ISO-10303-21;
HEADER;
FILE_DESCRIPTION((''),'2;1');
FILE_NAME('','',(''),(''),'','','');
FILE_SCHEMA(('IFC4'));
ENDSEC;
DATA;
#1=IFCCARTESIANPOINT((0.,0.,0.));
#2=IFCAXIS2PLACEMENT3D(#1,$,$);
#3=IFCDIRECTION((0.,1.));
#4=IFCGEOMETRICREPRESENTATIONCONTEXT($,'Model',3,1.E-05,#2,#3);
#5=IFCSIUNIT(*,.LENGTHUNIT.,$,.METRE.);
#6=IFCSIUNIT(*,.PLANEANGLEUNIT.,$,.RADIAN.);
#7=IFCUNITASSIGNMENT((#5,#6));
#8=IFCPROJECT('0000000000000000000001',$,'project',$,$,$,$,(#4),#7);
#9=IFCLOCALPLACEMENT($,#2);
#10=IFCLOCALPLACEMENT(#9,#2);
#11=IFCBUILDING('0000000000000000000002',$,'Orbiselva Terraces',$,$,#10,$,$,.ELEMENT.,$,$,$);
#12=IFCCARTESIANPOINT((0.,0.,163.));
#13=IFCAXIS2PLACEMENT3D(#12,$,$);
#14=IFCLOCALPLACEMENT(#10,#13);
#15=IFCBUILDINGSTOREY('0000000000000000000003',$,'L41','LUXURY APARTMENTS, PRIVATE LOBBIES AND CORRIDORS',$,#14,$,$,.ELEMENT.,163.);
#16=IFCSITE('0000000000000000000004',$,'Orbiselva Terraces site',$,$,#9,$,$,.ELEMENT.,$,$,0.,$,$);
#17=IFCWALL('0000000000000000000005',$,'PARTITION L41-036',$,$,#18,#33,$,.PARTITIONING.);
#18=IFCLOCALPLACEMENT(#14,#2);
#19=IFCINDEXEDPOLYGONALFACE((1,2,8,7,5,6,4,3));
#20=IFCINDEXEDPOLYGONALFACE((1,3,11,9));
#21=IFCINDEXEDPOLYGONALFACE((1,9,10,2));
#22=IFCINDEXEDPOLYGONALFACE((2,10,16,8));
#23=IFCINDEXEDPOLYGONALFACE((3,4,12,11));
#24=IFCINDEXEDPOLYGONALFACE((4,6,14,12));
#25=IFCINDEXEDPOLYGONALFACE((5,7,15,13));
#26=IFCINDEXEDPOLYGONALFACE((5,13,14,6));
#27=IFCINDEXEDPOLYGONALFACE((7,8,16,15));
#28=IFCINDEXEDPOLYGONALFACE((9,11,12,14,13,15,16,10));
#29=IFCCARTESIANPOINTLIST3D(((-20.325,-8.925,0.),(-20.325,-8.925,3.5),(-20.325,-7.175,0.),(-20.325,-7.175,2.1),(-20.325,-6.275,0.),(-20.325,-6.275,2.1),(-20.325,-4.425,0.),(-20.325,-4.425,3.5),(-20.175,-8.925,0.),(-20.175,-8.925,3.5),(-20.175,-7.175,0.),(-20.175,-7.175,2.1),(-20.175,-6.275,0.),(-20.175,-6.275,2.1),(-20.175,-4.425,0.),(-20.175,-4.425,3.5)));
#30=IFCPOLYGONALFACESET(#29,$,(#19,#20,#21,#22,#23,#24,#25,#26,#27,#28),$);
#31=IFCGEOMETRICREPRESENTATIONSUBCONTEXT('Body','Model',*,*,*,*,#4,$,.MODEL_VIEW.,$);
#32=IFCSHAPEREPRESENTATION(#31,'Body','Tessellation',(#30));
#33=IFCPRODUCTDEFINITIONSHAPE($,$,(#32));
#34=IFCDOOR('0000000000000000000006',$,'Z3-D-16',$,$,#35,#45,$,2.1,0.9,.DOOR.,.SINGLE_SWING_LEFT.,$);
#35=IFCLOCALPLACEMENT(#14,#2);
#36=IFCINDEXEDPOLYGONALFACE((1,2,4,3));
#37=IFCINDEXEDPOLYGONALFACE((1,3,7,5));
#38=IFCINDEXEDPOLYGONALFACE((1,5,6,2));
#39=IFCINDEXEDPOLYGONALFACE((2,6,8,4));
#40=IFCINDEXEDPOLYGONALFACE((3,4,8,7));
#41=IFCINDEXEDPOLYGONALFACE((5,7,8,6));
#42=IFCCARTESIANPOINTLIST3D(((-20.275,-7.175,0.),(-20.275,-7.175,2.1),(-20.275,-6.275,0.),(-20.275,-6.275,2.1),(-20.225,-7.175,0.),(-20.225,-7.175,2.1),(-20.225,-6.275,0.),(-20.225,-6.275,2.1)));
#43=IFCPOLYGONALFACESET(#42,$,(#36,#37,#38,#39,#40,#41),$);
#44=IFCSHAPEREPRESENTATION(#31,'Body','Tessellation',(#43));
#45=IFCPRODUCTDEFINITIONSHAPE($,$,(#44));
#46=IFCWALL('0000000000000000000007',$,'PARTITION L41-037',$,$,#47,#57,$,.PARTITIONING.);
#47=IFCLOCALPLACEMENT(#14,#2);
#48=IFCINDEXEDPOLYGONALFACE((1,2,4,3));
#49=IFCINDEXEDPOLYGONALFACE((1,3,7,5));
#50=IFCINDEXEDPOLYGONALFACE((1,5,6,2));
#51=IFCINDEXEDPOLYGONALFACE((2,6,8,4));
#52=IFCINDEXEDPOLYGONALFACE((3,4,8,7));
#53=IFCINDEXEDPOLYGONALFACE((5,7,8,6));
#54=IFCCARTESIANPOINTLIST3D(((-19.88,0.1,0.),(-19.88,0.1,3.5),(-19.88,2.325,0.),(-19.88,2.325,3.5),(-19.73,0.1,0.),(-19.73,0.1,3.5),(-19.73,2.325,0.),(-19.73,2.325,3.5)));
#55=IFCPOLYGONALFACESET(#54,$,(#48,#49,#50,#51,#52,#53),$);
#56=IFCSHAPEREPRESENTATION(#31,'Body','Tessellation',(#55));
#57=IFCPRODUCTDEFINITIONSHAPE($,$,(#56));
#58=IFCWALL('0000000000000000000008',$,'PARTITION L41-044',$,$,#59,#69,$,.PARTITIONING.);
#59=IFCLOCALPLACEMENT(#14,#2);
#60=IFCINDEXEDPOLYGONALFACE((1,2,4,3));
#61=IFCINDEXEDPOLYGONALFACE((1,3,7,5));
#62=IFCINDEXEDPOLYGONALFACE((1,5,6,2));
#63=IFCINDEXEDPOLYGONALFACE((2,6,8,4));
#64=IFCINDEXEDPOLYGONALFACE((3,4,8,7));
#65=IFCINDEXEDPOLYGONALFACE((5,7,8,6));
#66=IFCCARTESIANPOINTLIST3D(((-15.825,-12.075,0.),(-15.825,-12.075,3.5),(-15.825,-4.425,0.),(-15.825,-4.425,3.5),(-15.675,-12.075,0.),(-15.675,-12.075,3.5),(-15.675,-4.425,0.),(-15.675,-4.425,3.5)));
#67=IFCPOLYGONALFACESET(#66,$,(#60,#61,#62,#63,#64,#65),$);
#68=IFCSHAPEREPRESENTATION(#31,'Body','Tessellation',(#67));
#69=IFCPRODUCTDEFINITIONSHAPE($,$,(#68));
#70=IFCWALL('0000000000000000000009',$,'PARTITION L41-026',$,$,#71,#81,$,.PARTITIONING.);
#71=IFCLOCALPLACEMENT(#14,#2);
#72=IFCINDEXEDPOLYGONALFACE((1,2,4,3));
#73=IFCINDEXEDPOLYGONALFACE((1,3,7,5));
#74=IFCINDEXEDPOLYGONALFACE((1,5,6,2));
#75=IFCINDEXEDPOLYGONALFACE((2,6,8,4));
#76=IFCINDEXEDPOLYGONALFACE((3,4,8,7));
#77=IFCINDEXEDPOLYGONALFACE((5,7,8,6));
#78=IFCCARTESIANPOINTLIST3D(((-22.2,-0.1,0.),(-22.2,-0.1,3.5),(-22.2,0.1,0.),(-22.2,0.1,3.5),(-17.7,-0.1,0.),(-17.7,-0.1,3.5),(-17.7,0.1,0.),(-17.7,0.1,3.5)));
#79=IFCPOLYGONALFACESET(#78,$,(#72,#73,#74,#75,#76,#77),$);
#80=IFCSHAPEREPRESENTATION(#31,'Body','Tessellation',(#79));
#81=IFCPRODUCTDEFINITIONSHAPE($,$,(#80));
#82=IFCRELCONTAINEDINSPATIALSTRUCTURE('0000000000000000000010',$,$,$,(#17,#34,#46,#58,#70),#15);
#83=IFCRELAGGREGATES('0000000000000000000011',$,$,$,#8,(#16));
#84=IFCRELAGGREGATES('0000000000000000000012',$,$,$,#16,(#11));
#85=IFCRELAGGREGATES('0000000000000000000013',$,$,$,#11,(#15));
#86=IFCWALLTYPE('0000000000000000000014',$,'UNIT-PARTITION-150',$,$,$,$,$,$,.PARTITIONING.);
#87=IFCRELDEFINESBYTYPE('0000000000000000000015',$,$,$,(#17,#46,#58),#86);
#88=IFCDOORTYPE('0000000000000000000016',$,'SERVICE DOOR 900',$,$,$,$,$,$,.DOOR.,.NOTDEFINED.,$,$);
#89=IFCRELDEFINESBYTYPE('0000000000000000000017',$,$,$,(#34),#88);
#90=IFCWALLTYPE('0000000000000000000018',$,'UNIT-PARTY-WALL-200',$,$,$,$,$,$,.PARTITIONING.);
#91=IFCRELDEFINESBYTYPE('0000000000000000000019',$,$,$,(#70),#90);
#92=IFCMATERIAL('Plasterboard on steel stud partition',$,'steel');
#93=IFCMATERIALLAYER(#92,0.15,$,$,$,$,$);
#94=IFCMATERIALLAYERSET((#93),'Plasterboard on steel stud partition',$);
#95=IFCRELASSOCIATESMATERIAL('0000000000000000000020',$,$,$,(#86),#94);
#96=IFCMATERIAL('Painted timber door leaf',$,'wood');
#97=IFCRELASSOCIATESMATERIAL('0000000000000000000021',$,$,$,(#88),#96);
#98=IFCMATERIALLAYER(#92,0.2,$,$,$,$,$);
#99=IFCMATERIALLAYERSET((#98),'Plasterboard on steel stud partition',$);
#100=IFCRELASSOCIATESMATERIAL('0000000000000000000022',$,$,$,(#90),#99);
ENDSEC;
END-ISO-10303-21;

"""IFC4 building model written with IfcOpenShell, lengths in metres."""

from ifc_helpers import new_model, si_unit, direction, frame, frame_2d, origin, place, context, subcontext, project, spatial, rectangle, extrude, material, layer, layer_set, type_object, element, fill, save


model = new_model("IFC4")

# Units and contexts
model_context = context("Model", 3, precision=1e-05, world=origin(), true_north=direction((0.0, 1.0)))
body_context = subcontext(model_context, "Body", "Model", "MODEL_VIEW")
ifc_project = project(units=[si_unit("LENGTHUNIT", "METRE"), si_unit("PLANEANGLEUNIT", "RADIAN")], contexts=[model_context])

# Site, building, storey
site_placement = place(None, origin())
site = spatial("IfcSite", under=ifc_project, at=site_placement, Name="Orbiselva Terraces site", CompositionType="ELEMENT", RefElevation=0.0)
building_placement = place(site_placement, origin())
building = spatial("IfcBuilding", under=site, at=building_placement, Name="Orbiselva Terraces", CompositionType="ELEMENT")
storey_placement = place(building_placement, frame((0.0, 0.0, 163.0)))
storey = spatial("IfcBuildingStorey", under=building, at=storey_placement, Name="L41", Description="LUXURY APARTMENTS, PRIVATE LOBBIES AND CORRIDORS", CompositionType="ELEMENT", Elevation=163.0)

# Shared definitions
ifc_material_1 = material(Name="Plasterboard on steel stud partition", Category="steel")

# Shared definitions
ifc_layer_1 = layer(ifc_material_1, 0.15)
ifc_layer_set_1 = layer_set([ifc_layer_1], Name="Plasterboard on steel stud partition")
wall_type_1 = type_object("IfcWallType", Name="UNIT-PARTITION-150", PredefinedType="PARTITIONING", material=ifc_layer_set_1)
ifc_material_2 = material(Name="Painted timber door leaf", Category="wood")

# Wall, opening, door
wall_1_placement = place(storey_placement, frame((-20.25, -8.925, 0.0), z_axis=(0.0, 0.0, 1.0), x_axis=(0.0, 1.0, 0.0)))
wall_1 = element("IfcWall", 1, at=wall_1_placement, inside=storey, type_object=wall_type_1, Name="PARTITION L41-036", PredefinedType="PARTITIONING", context=body_context, shape_type="SweptSolid", body=[
    extrude(rectangle(XDim=4.5, YDim=0.15, at=frame_2d((2.25, 0.0))), origin(), (0.0, 0.0, 1.0), 3.5),
])
opening_1_placement = place(wall_1_placement, frame((1.75, 0.0, 0.0)))
opening_1 = element("IfcOpeningElement", 2, at=opening_1_placement, cuts=wall_1, PredefinedType="OPENING", context=body_context, shape_type="SweptSolid", body=[
    extrude(rectangle(XDim=0.9, YDim=2.1, at=frame_2d((0.45, 1.05))), frame((0.0, 0.085, 0.0), z_axis=(0.0, -1.0, 0.0), x_axis=(1.0, 0.0, 0.0)), (0.0, 0.0, 1.0), 0.17),
])
door_type_1 = type_object("IfcDoorType", Name="SERVICE DOOR 900", OperationType="NOTDEFINED", PredefinedType="DOOR", material=ifc_material_2)
door_1_placement = place(opening_1_placement, origin())
door_1 = element("IfcDoor", 3, at=door_1_placement, inside=storey, type_object=door_type_1, Name="Z3-D-16", OperationType="SINGLE_SWING_LEFT", OverallHeight=2.1, OverallWidth=0.9, PredefinedType="DOOR", context=body_context, shape_type="SweptSolid", body=[
    extrude(rectangle(XDim=0.9, YDim=2.1, at=frame_2d((0.45, 1.05))), frame((0.0, 0.025, 0.0), z_axis=(0.0, -1.0, 0.0), x_axis=(1.0, 0.0, 0.0)), (0.0, 0.0, 1.0), 0.05),
])
fill(opening_1, door_1)

# Walls
wall_2_placement = place(storey_placement, frame((-19.805, 0.1, 0.0), z_axis=(0.0, 0.0, 1.0), x_axis=(0.0, 1.0, 0.0)))
element("IfcWall", 4, at=wall_2_placement, inside=storey, type_object=wall_type_1, Name="PARTITION L41-037", PredefinedType="PARTITIONING", context=body_context, shape_type="SweptSolid", body=[
    extrude(rectangle(XDim=2.225, YDim=0.15, at=frame_2d((1.1125, 0.0))), origin(), (0.0, 0.0, 1.0), 3.5),
])
wall_3_placement = place(storey_placement, frame((-15.75, -12.075, 0.0), z_axis=(0.0, 0.0, 1.0), x_axis=(0.0, 1.0, 0.0)))
element("IfcWall", 5, at=wall_3_placement, inside=storey, type_object=wall_type_1, Name="PARTITION L41-044", PredefinedType="PARTITIONING", context=body_context, shape_type="SweptSolid", body=[
    extrude(rectangle(XDim=7.65, YDim=0.15, at=frame_2d((3.825, 0.0))), origin(), (0.0, 0.0, 1.0), 3.5),
])
ifc_layer_2 = layer(ifc_material_1, 0.2)
ifc_layer_set_2 = layer_set([ifc_layer_2], Name="Plasterboard on steel stud partition")
wall_type_2 = type_object("IfcWallType", Name="UNIT-PARTY-WALL-200", PredefinedType="PARTITIONING", material=ifc_layer_set_2)
wall_4_placement = place(storey_placement, frame((-22.2, 0.0, 0.0), z_axis=(0.0, 0.0, 1.0), x_axis=(1.0, 0.0, 0.0)))
element("IfcWall", 6, at=wall_4_placement, inside=storey, type_object=wall_type_2, Name="PARTITION L41-026", PredefinedType="PARTITIONING", context=body_context, shape_type="SweptSolid", body=[
    extrude(rectangle(XDim=4.5, YDim=0.2, at=frame_2d((2.25, 0.0))), origin(), (0.0, 0.0, 1.0), 3.5),
])

save(model, "model.ifc")
